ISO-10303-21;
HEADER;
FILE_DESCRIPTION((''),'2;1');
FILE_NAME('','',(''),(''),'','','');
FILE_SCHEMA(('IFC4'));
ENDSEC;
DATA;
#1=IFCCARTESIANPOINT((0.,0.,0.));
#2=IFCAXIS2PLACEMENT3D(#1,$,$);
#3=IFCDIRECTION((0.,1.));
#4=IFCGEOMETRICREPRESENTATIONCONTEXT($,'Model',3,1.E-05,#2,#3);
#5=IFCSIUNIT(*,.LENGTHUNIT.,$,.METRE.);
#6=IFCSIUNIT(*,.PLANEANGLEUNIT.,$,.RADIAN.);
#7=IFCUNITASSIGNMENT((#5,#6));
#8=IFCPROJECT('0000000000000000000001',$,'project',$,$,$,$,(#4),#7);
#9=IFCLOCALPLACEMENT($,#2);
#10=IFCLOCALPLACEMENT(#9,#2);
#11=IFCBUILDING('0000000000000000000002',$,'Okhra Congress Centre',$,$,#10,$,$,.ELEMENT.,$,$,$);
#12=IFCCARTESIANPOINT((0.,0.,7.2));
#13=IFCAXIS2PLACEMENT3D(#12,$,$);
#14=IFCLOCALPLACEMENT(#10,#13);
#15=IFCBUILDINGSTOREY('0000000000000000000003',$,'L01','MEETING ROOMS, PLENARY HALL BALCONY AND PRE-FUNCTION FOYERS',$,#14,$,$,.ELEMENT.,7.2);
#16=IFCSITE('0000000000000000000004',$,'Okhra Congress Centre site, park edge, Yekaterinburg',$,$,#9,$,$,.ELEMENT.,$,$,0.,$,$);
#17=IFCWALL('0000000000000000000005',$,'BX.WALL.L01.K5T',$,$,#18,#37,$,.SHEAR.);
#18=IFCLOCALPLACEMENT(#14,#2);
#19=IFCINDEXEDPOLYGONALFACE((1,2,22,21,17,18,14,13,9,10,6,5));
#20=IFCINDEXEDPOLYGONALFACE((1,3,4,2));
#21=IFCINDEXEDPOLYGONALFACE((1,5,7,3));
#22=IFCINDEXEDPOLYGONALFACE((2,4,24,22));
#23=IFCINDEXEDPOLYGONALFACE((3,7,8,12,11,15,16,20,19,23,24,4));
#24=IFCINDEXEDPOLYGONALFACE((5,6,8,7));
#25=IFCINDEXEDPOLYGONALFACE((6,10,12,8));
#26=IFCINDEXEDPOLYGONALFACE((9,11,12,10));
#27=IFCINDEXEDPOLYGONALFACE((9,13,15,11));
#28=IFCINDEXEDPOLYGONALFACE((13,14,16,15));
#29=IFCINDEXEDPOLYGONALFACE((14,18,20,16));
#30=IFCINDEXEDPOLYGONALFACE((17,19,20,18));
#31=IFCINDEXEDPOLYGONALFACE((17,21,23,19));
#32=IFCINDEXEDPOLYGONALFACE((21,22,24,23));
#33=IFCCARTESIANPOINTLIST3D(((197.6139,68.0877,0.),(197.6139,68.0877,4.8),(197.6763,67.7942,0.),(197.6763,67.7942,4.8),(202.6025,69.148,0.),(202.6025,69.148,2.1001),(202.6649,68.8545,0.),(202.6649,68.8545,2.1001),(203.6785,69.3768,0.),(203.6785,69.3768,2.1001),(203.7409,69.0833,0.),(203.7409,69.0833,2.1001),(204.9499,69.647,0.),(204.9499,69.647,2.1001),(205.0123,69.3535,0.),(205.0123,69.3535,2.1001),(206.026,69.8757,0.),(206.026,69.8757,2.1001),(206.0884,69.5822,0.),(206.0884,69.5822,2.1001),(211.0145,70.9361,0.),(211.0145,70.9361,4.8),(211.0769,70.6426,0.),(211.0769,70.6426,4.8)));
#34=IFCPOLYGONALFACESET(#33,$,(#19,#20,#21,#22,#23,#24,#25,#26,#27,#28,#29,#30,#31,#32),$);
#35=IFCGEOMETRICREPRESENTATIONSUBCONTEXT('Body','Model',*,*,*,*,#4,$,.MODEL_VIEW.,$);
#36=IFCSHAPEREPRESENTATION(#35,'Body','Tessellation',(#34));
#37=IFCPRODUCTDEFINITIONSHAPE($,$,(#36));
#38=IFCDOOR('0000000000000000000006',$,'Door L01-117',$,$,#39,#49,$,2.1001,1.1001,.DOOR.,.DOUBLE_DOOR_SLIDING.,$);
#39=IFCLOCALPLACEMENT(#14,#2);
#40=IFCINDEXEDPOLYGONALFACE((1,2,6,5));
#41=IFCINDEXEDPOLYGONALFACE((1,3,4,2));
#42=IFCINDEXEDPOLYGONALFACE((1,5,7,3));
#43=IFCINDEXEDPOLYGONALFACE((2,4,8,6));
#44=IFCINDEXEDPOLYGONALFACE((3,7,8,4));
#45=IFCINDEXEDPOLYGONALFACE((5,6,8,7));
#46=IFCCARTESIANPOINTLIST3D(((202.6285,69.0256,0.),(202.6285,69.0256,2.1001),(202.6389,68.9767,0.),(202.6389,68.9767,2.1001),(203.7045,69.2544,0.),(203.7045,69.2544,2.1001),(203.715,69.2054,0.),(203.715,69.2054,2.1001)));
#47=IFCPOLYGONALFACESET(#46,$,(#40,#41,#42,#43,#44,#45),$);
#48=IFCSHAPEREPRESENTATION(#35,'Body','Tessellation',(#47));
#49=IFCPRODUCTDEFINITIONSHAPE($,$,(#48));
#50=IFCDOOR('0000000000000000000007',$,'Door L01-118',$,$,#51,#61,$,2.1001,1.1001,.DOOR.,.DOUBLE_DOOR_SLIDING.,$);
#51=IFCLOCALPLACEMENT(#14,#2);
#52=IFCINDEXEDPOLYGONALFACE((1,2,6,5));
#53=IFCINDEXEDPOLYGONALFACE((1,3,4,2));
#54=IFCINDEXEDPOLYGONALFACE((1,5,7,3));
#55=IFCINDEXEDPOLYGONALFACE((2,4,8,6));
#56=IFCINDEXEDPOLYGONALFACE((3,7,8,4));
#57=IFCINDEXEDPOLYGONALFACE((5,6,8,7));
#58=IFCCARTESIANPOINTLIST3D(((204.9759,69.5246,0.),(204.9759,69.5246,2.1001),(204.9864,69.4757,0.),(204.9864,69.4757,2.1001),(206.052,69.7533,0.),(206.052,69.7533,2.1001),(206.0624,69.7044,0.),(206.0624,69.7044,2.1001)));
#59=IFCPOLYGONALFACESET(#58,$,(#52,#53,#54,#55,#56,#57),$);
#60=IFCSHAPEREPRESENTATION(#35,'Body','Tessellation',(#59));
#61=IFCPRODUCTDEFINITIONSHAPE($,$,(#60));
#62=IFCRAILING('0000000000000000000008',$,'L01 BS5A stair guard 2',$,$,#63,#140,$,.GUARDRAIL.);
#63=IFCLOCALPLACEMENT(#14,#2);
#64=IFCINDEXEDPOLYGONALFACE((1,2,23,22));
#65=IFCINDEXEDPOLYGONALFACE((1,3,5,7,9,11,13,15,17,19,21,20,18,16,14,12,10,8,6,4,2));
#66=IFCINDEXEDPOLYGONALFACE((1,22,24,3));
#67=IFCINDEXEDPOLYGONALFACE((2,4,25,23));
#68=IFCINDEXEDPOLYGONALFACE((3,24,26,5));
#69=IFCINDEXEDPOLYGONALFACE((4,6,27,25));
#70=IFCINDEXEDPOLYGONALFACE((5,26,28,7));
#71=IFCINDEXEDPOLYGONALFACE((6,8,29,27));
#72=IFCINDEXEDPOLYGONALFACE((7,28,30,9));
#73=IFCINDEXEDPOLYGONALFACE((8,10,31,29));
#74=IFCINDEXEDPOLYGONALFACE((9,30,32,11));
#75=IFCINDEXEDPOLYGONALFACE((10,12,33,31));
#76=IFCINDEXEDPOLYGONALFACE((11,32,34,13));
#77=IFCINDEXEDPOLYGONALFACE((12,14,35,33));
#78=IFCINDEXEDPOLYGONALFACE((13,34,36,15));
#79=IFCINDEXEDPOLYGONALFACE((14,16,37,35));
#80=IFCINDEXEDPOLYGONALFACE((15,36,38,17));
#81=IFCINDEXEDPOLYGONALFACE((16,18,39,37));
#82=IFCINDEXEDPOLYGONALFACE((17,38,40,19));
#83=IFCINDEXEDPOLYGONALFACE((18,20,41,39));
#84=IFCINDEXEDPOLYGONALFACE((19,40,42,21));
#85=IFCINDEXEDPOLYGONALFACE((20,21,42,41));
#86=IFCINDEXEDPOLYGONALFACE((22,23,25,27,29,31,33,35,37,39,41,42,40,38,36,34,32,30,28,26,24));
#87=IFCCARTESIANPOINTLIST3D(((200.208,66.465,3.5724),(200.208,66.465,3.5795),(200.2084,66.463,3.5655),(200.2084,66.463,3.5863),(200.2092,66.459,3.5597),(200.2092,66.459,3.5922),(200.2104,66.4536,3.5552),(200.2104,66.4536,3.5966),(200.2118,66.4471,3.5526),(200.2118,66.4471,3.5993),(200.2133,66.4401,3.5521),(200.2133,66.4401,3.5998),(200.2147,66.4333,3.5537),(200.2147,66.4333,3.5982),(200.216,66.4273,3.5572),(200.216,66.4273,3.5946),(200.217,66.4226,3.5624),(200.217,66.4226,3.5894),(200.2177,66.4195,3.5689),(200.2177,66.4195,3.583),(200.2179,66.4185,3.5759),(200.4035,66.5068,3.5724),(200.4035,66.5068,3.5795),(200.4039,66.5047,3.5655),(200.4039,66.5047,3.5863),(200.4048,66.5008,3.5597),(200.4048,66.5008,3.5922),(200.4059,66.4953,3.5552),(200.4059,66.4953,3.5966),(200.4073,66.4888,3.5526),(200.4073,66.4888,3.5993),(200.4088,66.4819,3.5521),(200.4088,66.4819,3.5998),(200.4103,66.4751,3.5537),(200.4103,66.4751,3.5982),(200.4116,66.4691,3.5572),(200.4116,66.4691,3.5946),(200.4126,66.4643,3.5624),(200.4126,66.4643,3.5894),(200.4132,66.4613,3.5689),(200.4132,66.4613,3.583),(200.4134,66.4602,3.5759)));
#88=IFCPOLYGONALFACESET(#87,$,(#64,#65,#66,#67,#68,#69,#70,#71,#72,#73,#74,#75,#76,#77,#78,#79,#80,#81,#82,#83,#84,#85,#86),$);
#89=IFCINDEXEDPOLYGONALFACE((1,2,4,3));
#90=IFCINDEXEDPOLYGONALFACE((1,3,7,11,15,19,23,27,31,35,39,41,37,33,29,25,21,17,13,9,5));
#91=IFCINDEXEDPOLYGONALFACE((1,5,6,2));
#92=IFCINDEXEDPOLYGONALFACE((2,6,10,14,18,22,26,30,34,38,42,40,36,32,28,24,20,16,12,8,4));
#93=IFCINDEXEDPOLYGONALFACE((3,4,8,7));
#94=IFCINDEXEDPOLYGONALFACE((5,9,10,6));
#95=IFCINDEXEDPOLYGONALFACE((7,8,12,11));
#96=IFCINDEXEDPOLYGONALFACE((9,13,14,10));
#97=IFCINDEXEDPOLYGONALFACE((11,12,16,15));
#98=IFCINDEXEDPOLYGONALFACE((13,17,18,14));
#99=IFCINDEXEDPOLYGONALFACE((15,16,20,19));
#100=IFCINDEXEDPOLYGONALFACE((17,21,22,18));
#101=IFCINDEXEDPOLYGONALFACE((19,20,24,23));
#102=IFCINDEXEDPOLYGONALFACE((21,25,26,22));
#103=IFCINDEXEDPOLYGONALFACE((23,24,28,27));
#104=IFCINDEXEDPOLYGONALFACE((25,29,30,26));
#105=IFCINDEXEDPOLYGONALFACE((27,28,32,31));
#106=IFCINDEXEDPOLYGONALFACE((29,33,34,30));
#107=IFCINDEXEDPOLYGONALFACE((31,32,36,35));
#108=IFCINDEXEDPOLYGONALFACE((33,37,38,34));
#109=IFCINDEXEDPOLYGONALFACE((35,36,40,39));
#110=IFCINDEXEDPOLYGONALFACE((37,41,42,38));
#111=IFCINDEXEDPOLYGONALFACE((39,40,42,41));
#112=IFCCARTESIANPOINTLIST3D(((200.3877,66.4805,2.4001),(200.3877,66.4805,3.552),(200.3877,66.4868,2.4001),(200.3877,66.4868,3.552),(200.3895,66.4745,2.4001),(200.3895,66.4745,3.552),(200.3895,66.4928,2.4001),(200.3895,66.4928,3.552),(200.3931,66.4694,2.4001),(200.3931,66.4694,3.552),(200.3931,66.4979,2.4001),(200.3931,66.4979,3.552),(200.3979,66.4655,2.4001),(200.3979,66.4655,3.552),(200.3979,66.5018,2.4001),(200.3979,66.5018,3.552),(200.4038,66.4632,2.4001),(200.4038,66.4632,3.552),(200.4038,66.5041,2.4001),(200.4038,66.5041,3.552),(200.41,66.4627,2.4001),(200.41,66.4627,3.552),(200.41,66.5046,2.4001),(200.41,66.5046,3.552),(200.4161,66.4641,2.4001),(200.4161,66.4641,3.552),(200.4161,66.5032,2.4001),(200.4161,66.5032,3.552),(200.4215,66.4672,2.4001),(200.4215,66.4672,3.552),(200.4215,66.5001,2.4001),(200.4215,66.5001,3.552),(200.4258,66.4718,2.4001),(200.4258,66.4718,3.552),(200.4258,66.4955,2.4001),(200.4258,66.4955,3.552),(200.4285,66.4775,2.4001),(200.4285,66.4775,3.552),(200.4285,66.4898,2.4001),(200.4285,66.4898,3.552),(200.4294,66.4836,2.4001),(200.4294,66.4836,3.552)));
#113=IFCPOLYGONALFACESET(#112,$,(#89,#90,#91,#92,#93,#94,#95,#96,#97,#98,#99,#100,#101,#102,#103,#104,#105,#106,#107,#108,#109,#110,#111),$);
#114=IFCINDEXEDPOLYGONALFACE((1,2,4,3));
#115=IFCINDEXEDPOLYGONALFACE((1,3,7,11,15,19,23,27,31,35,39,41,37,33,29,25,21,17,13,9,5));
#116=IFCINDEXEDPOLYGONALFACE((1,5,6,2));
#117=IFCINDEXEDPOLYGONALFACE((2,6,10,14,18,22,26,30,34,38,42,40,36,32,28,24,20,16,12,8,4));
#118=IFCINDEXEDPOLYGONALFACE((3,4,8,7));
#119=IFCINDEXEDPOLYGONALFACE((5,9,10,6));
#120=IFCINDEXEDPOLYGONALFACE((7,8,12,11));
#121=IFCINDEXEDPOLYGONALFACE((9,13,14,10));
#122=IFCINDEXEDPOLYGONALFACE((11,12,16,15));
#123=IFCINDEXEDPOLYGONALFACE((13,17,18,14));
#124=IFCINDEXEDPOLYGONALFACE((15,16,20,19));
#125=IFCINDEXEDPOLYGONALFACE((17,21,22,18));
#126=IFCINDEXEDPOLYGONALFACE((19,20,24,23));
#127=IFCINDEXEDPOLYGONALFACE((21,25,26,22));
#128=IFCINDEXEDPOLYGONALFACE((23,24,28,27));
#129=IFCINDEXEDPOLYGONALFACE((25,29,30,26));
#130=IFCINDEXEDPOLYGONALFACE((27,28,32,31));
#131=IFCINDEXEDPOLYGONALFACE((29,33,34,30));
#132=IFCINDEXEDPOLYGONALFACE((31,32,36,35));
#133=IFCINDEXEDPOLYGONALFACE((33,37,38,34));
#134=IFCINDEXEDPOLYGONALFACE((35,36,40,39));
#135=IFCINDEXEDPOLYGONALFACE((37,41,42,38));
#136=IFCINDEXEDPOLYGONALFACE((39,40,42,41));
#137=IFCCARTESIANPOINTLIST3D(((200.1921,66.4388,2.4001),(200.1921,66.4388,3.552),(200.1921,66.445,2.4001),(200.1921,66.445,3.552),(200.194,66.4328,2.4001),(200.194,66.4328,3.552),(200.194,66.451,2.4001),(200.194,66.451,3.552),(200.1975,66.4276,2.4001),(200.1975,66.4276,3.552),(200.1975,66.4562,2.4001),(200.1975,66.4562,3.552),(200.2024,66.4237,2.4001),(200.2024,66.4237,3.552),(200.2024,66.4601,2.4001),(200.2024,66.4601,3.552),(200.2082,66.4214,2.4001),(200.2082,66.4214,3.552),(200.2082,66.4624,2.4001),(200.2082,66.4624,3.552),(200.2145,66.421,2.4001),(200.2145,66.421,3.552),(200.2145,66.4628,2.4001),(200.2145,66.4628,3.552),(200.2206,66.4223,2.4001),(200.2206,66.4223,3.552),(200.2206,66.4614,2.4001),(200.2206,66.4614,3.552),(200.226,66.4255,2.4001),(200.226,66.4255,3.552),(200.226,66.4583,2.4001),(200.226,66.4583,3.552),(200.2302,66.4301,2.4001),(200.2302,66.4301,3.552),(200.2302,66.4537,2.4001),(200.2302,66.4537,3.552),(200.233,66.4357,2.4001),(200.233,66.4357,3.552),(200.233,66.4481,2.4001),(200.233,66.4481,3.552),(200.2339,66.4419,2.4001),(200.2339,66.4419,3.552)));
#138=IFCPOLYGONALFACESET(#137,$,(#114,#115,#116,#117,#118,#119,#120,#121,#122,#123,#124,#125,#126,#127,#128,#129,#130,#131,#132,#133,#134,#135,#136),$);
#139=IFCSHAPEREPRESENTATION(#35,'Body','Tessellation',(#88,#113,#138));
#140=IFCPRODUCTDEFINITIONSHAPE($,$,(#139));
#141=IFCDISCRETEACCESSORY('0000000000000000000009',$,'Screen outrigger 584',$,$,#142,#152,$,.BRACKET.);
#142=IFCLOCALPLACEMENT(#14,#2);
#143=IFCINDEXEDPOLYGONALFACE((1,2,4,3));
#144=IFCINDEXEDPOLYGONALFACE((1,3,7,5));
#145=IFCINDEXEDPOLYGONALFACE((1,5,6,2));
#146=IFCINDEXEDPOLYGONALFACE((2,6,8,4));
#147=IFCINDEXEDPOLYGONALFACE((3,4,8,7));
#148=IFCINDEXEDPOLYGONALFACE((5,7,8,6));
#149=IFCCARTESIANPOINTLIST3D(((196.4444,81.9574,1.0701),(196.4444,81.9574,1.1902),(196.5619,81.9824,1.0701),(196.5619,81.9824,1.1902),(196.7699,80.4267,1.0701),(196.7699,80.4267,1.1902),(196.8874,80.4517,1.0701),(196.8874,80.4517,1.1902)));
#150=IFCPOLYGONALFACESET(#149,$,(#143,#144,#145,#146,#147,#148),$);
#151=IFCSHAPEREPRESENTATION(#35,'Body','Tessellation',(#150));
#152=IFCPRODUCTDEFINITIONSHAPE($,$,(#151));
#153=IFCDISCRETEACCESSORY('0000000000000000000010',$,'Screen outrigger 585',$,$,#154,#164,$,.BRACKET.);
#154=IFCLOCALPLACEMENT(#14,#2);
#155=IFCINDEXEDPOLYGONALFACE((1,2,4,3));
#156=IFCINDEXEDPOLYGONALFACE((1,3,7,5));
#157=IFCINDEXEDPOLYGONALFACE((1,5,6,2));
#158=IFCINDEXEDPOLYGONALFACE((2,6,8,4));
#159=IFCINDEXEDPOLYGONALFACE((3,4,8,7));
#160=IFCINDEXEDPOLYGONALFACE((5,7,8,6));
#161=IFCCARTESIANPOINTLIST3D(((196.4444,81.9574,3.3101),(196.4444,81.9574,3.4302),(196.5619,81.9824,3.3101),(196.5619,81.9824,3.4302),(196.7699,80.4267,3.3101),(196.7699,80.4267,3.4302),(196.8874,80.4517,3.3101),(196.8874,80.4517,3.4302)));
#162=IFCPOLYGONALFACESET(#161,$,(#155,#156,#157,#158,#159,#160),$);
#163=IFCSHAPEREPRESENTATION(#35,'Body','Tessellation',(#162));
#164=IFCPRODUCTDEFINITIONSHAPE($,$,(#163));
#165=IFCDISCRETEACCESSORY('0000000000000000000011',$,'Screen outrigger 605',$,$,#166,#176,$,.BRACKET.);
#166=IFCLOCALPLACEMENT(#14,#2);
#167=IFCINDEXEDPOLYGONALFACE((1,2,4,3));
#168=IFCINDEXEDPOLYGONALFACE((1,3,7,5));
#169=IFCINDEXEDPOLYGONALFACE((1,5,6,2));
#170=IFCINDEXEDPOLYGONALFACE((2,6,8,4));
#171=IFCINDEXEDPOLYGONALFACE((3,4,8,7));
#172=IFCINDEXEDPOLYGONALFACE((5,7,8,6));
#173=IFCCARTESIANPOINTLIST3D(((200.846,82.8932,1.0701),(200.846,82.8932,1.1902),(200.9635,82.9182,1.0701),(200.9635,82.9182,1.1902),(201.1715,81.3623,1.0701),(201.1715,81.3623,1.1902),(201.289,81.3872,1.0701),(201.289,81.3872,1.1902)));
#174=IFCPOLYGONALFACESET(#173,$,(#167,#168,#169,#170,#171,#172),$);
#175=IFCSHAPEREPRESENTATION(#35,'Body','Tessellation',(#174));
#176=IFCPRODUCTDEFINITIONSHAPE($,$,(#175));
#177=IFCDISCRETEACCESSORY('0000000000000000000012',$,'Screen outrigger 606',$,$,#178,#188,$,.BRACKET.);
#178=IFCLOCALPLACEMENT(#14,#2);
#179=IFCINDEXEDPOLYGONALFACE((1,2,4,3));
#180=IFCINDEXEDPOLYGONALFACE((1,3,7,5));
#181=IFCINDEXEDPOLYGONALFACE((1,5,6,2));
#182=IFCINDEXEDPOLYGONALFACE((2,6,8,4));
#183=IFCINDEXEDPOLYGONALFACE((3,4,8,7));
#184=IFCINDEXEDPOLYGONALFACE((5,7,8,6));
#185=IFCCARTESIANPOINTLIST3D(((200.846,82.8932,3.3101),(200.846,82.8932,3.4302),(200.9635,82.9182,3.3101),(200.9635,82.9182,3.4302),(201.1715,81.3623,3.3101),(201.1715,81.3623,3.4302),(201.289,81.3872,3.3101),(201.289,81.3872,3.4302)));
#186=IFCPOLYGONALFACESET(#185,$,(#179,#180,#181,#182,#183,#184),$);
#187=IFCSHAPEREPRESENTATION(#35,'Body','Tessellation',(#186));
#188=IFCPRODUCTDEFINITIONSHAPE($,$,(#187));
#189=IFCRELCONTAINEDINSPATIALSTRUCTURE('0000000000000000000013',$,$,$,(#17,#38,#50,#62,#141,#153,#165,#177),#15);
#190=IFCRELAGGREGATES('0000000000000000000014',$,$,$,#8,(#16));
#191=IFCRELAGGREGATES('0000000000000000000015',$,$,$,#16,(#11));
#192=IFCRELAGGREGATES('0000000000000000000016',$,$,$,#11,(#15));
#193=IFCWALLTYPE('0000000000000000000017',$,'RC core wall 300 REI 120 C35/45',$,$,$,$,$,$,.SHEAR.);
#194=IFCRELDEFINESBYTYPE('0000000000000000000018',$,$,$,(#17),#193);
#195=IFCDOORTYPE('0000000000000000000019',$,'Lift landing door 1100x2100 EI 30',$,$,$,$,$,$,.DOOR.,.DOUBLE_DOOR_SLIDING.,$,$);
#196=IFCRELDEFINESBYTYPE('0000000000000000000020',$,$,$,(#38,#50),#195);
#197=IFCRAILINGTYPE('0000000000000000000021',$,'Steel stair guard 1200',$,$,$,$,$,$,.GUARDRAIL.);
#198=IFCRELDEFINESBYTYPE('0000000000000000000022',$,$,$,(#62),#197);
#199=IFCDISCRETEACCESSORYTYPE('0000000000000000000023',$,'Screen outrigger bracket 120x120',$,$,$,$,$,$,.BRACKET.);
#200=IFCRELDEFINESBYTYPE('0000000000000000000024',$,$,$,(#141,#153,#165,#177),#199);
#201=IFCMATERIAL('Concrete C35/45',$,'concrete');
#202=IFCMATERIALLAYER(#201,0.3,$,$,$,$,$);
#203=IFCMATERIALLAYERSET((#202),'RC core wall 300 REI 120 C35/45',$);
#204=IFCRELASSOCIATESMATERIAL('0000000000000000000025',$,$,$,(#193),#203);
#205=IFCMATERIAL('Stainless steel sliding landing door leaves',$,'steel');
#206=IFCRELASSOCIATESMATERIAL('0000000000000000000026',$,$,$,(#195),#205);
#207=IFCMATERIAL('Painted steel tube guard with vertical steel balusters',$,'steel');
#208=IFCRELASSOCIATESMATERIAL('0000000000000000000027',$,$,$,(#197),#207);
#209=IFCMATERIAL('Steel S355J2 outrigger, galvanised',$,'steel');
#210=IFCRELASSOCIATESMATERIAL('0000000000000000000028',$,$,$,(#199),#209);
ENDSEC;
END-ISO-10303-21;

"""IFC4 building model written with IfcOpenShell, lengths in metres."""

from ifc_helpers import new_model, si_unit, direction, frame, frame_2d, origin, origin_2d, place, context, subcontext, project, spatial, rectangle, circle, extrude, material, layer, layer_set, material_profile, profile_set, type_object, element, fill, save


model = new_model("IFC4")

# Units and contexts
model_context = context("Model", 3, precision=1e-05, world=origin(), true_north=direction((0.0, 1.0)))
body_context = subcontext(model_context, "Body", "Model", "MODEL_VIEW")
ifc_project = project(units=[si_unit("LENGTHUNIT", "METRE"), si_unit("PLANEANGLEUNIT", "RADIAN")], contexts=[model_context])

# Site, building, storey
site_placement = place(None, origin())
site = spatial("IfcSite", under=ifc_project, at=site_placement, Name="Okhra Congress Centre site, park edge, Yekaterinburg", CompositionType="ELEMENT", RefElevation=0.0)
building_placement = place(site_placement, origin())
building = spatial("IfcBuilding", under=site, at=building_placement, Name="Okhra Congress Centre", CompositionType="ELEMENT")
storey_placement = place(building_placement, frame((0.0, 0.0, 7.2)))
storey = spatial("IfcBuildingStorey", under=building, at=storey_placement, Name="L01", Description="MEETING ROOMS, PLENARY HALL BALCONY AND PRE-FUNCTION FOYERS", CompositionType="ELEMENT", Elevation=7.2)

# Wall, openings, doors
ifc_material_1 = material(Name="Concrete C35/45", Category="concrete")
ifc_layer_1 = layer(ifc_material_1, 0.3)
ifc_layer_set_1 = layer_set([ifc_layer_1], Name="RC core wall 300 REI 120 C35/45")
wall_type_1 = type_object("IfcWallType", Name="RC core wall 300 REI 120 C35/45", PredefinedType="SHEAR", material=ifc_layer_set_1)
wall_1_placement = place(storey_placement, frame((197.645, 67.9409, 0.0), z_axis=(0.0, 0.0, 1.0), x_axis=(0.978148, 0.207911, 0.0)))
wall_1 = element("IfcWall", 1, at=wall_1_placement, inside=storey, type_object=wall_type_1, Name="BX.WALL.L01.K5T", PredefinedType="SHEAR", context=body_context, shape_type="SweptSolid", body=[
    extrude(rectangle(XDim=13.7, YDim=0.3, at=frame_2d((6.8501, 0.0))), origin(), (0.0, 0.0, 1.0), 4.8),
])
opening_1_placement = place(wall_1_placement, frame((5.1001, 0.0, 0.0)))
opening_1 = element("IfcOpeningElement", 2, at=opening_1_placement, cuts=wall_1, PredefinedType="OPENING", context=body_context, shape_type="SweptSolid", body=[
    extrude(rectangle(XDim=1.1001, YDim=2.1001, at=frame_2d((0.55, 1.05))), frame((0.0, 0.1599, 0.0), z_axis=(0.0, -1.0, 0.0), x_axis=(1.0, 0.0, 0.0)), (0.0, 0.0, 1.0), 0.3201),
])
opening_2_placement = place(wall_1_placement, frame((7.5, 0.0, 0.0)))
opening_2 = element("IfcOpeningElement", 3, at=opening_2_placement, cuts=wall_1, PredefinedType="OPENING", context=body_context, shape_type="SweptSolid", body=[
    extrude(rectangle(XDim=1.1001, YDim=2.1001, at=frame_2d((0.55, 1.05))), frame((0.0, 0.1599, 0.0), z_axis=(0.0, -1.0, 0.0), x_axis=(1.0, 0.0, 0.0)), (0.0, 0.0, 1.0), 0.3201),
])
ifc_material_2 = material(Name="Stainless steel sliding landing door leaves", Category="steel")
door_type = type_object("IfcDoorType", Name="Lift landing door 1100x2100 EI 30", OperationType="DOUBLE_DOOR_SLIDING", PredefinedType="DOOR", material=ifc_material_2)
door_1_placement = place(opening_1_placement, origin())
door_1 = element("IfcDoor", 4, at=door_1_placement, inside=storey, type_object=door_type, Name="Door L01-117", OperationType="DOUBLE_DOOR_SLIDING", OverallHeight=2.1001, OverallWidth=1.1001, PredefinedType="DOOR", context=body_context, shape_type="SweptSolid", body=[
    extrude(rectangle(XDim=1.1001, YDim=2.1001, at=frame_2d((0.55, 1.05))), frame((0.0, 0.0249, 0.0), z_axis=(0.0, -1.0, 0.0), x_axis=(1.0, 0.0, 0.0)), (0.0, 0.0, 1.0), 0.05),
])
fill(opening_1, door_1)
door_2_placement = place(opening_2_placement, origin())
door_2 = element("IfcDoor", 5, at=door_2_placement, inside=storey, type_object=door_type, Name="Door L01-118", OperationType="DOUBLE_DOOR_SLIDING", OverallHeight=2.1001, OverallWidth=1.1001, PredefinedType="DOOR", context=body_context, shape_type="SweptSolid", body=[
    extrude(rectangle(XDim=1.1001, YDim=2.1001, at=frame_2d((0.55, 1.05))), frame((0.0, 0.0249, 0.0), z_axis=(0.0, -1.0, 0.0), x_axis=(1.0, 0.0, 0.0)), (0.0, 0.0, 1.0), 0.05),
])
fill(opening_2, door_2)

# Railing
ifc_material_3 = material(Name="Painted steel tube guard with vertical steel balusters", Category="steel")
railing_type = type_object("IfcRailingType", Name="Steel stair guard 1200", PredefinedType="GUARDRAIL", material=ifc_material_3)
railing_placement = place(storey_placement, frame((200.4084, 66.4836, 2.4001)))
element("IfcRailing", 6, at=railing_placement, inside=storey, type_object=railing_type, Name="L01 BS5A stair guard 2", PredefinedType="GUARDRAIL", context=body_context, shape_type="SweptSolid", body=[
    extrude(circle(Radius=0.0239, at=origin_2d()), frame((0.0, 0.0, 1.1758), z_axis=(-0.977963, -0.208779, 0.0), x_axis=(0.208779, -0.977963, 0.0)), (0.0, 0.0, 1.0), 0.2),
    extrude(circle(Radius=0.021, at=origin_2d()), origin(), (0.0, 0.0, 1.0), 1.1519),
    extrude(circle(Radius=0.021, at=origin_2d()), frame((-0.1956, -0.0417, 0.0)), (0.0, 0.0, 1.0), 1.1519),
])

# Discrete accessories
ifc_material_4 = material(Name="Steel S355J2 outrigger, galvanised", Category="steel")
ifc_material_profile_1 = material_profile(ifc_material_4, rectangle(XDim=0.1201, YDim=0.1201, at=origin_2d()), Name="Screen outrigger bracket 120x120")
ifc_profile_set_1 = profile_set([ifc_material_profile_1], Name="Steel S355J2 outrigger, galvanised")
discrete_accessory_type = type_object("IfcDiscreteAccessoryType", Name="Screen outrigger bracket 120x120", PredefinedType="BRACKET", material=ifc_profile_set_1)
for number, where, z_axis, x_axis, name in (
    (7, (196.8286, 80.4392, 1.1301), (-0.207952, 0.978139, 0.0), (-0.978139, -0.207952, 0.0), "Screen outrigger 584"),
    (8, (196.8286, 80.4392, 3.3701), (-0.207952, 0.978139, 0.0), (-0.978139, -0.207952, 0.0), "Screen outrigger 585"),
):
    element("IfcDiscreteAccessory", number, at=place(storey_placement, frame(where, z_axis=z_axis, x_axis=x_axis)), inside=storey, type_object=discrete_accessory_type, Name=name, PredefinedType="BRACKET", context=body_context, shape_type="SweptSolid", body=[
        extrude(rectangle(XDim=0.1201, YDim=0.1201, at=origin_2d()), origin(), (0.0, 0.0, 1.0), 1.5649),
    ])
for number, where, z_axis, x_axis, name in (
    (9, (201.2302, 81.3748, 1.1301), (-0.20792, 0.978146, 0.0), (-0.978146, -0.20792, 0.0), "Screen outrigger 605"),
    (10, (201.2302, 81.3748, 3.3701), (-0.20792, 0.978146, 0.0), (-0.978146, -0.20792, 0.0), "Screen outrigger 606"),
):
    element("IfcDiscreteAccessory", number, at=place(storey_placement, frame(where, z_axis=z_axis, x_axis=x_axis)), inside=storey, type_object=discrete_accessory_type, Name=name, PredefinedType="BRACKET", context=body_context, shape_type="SweptSolid", body=[
        extrude(rectangle(XDim=0.1201, YDim=0.1201, at=origin_2d()), origin(), (0.0, 0.0, 1.0), 1.5652),
    ])

save(model, "model.ifc")
